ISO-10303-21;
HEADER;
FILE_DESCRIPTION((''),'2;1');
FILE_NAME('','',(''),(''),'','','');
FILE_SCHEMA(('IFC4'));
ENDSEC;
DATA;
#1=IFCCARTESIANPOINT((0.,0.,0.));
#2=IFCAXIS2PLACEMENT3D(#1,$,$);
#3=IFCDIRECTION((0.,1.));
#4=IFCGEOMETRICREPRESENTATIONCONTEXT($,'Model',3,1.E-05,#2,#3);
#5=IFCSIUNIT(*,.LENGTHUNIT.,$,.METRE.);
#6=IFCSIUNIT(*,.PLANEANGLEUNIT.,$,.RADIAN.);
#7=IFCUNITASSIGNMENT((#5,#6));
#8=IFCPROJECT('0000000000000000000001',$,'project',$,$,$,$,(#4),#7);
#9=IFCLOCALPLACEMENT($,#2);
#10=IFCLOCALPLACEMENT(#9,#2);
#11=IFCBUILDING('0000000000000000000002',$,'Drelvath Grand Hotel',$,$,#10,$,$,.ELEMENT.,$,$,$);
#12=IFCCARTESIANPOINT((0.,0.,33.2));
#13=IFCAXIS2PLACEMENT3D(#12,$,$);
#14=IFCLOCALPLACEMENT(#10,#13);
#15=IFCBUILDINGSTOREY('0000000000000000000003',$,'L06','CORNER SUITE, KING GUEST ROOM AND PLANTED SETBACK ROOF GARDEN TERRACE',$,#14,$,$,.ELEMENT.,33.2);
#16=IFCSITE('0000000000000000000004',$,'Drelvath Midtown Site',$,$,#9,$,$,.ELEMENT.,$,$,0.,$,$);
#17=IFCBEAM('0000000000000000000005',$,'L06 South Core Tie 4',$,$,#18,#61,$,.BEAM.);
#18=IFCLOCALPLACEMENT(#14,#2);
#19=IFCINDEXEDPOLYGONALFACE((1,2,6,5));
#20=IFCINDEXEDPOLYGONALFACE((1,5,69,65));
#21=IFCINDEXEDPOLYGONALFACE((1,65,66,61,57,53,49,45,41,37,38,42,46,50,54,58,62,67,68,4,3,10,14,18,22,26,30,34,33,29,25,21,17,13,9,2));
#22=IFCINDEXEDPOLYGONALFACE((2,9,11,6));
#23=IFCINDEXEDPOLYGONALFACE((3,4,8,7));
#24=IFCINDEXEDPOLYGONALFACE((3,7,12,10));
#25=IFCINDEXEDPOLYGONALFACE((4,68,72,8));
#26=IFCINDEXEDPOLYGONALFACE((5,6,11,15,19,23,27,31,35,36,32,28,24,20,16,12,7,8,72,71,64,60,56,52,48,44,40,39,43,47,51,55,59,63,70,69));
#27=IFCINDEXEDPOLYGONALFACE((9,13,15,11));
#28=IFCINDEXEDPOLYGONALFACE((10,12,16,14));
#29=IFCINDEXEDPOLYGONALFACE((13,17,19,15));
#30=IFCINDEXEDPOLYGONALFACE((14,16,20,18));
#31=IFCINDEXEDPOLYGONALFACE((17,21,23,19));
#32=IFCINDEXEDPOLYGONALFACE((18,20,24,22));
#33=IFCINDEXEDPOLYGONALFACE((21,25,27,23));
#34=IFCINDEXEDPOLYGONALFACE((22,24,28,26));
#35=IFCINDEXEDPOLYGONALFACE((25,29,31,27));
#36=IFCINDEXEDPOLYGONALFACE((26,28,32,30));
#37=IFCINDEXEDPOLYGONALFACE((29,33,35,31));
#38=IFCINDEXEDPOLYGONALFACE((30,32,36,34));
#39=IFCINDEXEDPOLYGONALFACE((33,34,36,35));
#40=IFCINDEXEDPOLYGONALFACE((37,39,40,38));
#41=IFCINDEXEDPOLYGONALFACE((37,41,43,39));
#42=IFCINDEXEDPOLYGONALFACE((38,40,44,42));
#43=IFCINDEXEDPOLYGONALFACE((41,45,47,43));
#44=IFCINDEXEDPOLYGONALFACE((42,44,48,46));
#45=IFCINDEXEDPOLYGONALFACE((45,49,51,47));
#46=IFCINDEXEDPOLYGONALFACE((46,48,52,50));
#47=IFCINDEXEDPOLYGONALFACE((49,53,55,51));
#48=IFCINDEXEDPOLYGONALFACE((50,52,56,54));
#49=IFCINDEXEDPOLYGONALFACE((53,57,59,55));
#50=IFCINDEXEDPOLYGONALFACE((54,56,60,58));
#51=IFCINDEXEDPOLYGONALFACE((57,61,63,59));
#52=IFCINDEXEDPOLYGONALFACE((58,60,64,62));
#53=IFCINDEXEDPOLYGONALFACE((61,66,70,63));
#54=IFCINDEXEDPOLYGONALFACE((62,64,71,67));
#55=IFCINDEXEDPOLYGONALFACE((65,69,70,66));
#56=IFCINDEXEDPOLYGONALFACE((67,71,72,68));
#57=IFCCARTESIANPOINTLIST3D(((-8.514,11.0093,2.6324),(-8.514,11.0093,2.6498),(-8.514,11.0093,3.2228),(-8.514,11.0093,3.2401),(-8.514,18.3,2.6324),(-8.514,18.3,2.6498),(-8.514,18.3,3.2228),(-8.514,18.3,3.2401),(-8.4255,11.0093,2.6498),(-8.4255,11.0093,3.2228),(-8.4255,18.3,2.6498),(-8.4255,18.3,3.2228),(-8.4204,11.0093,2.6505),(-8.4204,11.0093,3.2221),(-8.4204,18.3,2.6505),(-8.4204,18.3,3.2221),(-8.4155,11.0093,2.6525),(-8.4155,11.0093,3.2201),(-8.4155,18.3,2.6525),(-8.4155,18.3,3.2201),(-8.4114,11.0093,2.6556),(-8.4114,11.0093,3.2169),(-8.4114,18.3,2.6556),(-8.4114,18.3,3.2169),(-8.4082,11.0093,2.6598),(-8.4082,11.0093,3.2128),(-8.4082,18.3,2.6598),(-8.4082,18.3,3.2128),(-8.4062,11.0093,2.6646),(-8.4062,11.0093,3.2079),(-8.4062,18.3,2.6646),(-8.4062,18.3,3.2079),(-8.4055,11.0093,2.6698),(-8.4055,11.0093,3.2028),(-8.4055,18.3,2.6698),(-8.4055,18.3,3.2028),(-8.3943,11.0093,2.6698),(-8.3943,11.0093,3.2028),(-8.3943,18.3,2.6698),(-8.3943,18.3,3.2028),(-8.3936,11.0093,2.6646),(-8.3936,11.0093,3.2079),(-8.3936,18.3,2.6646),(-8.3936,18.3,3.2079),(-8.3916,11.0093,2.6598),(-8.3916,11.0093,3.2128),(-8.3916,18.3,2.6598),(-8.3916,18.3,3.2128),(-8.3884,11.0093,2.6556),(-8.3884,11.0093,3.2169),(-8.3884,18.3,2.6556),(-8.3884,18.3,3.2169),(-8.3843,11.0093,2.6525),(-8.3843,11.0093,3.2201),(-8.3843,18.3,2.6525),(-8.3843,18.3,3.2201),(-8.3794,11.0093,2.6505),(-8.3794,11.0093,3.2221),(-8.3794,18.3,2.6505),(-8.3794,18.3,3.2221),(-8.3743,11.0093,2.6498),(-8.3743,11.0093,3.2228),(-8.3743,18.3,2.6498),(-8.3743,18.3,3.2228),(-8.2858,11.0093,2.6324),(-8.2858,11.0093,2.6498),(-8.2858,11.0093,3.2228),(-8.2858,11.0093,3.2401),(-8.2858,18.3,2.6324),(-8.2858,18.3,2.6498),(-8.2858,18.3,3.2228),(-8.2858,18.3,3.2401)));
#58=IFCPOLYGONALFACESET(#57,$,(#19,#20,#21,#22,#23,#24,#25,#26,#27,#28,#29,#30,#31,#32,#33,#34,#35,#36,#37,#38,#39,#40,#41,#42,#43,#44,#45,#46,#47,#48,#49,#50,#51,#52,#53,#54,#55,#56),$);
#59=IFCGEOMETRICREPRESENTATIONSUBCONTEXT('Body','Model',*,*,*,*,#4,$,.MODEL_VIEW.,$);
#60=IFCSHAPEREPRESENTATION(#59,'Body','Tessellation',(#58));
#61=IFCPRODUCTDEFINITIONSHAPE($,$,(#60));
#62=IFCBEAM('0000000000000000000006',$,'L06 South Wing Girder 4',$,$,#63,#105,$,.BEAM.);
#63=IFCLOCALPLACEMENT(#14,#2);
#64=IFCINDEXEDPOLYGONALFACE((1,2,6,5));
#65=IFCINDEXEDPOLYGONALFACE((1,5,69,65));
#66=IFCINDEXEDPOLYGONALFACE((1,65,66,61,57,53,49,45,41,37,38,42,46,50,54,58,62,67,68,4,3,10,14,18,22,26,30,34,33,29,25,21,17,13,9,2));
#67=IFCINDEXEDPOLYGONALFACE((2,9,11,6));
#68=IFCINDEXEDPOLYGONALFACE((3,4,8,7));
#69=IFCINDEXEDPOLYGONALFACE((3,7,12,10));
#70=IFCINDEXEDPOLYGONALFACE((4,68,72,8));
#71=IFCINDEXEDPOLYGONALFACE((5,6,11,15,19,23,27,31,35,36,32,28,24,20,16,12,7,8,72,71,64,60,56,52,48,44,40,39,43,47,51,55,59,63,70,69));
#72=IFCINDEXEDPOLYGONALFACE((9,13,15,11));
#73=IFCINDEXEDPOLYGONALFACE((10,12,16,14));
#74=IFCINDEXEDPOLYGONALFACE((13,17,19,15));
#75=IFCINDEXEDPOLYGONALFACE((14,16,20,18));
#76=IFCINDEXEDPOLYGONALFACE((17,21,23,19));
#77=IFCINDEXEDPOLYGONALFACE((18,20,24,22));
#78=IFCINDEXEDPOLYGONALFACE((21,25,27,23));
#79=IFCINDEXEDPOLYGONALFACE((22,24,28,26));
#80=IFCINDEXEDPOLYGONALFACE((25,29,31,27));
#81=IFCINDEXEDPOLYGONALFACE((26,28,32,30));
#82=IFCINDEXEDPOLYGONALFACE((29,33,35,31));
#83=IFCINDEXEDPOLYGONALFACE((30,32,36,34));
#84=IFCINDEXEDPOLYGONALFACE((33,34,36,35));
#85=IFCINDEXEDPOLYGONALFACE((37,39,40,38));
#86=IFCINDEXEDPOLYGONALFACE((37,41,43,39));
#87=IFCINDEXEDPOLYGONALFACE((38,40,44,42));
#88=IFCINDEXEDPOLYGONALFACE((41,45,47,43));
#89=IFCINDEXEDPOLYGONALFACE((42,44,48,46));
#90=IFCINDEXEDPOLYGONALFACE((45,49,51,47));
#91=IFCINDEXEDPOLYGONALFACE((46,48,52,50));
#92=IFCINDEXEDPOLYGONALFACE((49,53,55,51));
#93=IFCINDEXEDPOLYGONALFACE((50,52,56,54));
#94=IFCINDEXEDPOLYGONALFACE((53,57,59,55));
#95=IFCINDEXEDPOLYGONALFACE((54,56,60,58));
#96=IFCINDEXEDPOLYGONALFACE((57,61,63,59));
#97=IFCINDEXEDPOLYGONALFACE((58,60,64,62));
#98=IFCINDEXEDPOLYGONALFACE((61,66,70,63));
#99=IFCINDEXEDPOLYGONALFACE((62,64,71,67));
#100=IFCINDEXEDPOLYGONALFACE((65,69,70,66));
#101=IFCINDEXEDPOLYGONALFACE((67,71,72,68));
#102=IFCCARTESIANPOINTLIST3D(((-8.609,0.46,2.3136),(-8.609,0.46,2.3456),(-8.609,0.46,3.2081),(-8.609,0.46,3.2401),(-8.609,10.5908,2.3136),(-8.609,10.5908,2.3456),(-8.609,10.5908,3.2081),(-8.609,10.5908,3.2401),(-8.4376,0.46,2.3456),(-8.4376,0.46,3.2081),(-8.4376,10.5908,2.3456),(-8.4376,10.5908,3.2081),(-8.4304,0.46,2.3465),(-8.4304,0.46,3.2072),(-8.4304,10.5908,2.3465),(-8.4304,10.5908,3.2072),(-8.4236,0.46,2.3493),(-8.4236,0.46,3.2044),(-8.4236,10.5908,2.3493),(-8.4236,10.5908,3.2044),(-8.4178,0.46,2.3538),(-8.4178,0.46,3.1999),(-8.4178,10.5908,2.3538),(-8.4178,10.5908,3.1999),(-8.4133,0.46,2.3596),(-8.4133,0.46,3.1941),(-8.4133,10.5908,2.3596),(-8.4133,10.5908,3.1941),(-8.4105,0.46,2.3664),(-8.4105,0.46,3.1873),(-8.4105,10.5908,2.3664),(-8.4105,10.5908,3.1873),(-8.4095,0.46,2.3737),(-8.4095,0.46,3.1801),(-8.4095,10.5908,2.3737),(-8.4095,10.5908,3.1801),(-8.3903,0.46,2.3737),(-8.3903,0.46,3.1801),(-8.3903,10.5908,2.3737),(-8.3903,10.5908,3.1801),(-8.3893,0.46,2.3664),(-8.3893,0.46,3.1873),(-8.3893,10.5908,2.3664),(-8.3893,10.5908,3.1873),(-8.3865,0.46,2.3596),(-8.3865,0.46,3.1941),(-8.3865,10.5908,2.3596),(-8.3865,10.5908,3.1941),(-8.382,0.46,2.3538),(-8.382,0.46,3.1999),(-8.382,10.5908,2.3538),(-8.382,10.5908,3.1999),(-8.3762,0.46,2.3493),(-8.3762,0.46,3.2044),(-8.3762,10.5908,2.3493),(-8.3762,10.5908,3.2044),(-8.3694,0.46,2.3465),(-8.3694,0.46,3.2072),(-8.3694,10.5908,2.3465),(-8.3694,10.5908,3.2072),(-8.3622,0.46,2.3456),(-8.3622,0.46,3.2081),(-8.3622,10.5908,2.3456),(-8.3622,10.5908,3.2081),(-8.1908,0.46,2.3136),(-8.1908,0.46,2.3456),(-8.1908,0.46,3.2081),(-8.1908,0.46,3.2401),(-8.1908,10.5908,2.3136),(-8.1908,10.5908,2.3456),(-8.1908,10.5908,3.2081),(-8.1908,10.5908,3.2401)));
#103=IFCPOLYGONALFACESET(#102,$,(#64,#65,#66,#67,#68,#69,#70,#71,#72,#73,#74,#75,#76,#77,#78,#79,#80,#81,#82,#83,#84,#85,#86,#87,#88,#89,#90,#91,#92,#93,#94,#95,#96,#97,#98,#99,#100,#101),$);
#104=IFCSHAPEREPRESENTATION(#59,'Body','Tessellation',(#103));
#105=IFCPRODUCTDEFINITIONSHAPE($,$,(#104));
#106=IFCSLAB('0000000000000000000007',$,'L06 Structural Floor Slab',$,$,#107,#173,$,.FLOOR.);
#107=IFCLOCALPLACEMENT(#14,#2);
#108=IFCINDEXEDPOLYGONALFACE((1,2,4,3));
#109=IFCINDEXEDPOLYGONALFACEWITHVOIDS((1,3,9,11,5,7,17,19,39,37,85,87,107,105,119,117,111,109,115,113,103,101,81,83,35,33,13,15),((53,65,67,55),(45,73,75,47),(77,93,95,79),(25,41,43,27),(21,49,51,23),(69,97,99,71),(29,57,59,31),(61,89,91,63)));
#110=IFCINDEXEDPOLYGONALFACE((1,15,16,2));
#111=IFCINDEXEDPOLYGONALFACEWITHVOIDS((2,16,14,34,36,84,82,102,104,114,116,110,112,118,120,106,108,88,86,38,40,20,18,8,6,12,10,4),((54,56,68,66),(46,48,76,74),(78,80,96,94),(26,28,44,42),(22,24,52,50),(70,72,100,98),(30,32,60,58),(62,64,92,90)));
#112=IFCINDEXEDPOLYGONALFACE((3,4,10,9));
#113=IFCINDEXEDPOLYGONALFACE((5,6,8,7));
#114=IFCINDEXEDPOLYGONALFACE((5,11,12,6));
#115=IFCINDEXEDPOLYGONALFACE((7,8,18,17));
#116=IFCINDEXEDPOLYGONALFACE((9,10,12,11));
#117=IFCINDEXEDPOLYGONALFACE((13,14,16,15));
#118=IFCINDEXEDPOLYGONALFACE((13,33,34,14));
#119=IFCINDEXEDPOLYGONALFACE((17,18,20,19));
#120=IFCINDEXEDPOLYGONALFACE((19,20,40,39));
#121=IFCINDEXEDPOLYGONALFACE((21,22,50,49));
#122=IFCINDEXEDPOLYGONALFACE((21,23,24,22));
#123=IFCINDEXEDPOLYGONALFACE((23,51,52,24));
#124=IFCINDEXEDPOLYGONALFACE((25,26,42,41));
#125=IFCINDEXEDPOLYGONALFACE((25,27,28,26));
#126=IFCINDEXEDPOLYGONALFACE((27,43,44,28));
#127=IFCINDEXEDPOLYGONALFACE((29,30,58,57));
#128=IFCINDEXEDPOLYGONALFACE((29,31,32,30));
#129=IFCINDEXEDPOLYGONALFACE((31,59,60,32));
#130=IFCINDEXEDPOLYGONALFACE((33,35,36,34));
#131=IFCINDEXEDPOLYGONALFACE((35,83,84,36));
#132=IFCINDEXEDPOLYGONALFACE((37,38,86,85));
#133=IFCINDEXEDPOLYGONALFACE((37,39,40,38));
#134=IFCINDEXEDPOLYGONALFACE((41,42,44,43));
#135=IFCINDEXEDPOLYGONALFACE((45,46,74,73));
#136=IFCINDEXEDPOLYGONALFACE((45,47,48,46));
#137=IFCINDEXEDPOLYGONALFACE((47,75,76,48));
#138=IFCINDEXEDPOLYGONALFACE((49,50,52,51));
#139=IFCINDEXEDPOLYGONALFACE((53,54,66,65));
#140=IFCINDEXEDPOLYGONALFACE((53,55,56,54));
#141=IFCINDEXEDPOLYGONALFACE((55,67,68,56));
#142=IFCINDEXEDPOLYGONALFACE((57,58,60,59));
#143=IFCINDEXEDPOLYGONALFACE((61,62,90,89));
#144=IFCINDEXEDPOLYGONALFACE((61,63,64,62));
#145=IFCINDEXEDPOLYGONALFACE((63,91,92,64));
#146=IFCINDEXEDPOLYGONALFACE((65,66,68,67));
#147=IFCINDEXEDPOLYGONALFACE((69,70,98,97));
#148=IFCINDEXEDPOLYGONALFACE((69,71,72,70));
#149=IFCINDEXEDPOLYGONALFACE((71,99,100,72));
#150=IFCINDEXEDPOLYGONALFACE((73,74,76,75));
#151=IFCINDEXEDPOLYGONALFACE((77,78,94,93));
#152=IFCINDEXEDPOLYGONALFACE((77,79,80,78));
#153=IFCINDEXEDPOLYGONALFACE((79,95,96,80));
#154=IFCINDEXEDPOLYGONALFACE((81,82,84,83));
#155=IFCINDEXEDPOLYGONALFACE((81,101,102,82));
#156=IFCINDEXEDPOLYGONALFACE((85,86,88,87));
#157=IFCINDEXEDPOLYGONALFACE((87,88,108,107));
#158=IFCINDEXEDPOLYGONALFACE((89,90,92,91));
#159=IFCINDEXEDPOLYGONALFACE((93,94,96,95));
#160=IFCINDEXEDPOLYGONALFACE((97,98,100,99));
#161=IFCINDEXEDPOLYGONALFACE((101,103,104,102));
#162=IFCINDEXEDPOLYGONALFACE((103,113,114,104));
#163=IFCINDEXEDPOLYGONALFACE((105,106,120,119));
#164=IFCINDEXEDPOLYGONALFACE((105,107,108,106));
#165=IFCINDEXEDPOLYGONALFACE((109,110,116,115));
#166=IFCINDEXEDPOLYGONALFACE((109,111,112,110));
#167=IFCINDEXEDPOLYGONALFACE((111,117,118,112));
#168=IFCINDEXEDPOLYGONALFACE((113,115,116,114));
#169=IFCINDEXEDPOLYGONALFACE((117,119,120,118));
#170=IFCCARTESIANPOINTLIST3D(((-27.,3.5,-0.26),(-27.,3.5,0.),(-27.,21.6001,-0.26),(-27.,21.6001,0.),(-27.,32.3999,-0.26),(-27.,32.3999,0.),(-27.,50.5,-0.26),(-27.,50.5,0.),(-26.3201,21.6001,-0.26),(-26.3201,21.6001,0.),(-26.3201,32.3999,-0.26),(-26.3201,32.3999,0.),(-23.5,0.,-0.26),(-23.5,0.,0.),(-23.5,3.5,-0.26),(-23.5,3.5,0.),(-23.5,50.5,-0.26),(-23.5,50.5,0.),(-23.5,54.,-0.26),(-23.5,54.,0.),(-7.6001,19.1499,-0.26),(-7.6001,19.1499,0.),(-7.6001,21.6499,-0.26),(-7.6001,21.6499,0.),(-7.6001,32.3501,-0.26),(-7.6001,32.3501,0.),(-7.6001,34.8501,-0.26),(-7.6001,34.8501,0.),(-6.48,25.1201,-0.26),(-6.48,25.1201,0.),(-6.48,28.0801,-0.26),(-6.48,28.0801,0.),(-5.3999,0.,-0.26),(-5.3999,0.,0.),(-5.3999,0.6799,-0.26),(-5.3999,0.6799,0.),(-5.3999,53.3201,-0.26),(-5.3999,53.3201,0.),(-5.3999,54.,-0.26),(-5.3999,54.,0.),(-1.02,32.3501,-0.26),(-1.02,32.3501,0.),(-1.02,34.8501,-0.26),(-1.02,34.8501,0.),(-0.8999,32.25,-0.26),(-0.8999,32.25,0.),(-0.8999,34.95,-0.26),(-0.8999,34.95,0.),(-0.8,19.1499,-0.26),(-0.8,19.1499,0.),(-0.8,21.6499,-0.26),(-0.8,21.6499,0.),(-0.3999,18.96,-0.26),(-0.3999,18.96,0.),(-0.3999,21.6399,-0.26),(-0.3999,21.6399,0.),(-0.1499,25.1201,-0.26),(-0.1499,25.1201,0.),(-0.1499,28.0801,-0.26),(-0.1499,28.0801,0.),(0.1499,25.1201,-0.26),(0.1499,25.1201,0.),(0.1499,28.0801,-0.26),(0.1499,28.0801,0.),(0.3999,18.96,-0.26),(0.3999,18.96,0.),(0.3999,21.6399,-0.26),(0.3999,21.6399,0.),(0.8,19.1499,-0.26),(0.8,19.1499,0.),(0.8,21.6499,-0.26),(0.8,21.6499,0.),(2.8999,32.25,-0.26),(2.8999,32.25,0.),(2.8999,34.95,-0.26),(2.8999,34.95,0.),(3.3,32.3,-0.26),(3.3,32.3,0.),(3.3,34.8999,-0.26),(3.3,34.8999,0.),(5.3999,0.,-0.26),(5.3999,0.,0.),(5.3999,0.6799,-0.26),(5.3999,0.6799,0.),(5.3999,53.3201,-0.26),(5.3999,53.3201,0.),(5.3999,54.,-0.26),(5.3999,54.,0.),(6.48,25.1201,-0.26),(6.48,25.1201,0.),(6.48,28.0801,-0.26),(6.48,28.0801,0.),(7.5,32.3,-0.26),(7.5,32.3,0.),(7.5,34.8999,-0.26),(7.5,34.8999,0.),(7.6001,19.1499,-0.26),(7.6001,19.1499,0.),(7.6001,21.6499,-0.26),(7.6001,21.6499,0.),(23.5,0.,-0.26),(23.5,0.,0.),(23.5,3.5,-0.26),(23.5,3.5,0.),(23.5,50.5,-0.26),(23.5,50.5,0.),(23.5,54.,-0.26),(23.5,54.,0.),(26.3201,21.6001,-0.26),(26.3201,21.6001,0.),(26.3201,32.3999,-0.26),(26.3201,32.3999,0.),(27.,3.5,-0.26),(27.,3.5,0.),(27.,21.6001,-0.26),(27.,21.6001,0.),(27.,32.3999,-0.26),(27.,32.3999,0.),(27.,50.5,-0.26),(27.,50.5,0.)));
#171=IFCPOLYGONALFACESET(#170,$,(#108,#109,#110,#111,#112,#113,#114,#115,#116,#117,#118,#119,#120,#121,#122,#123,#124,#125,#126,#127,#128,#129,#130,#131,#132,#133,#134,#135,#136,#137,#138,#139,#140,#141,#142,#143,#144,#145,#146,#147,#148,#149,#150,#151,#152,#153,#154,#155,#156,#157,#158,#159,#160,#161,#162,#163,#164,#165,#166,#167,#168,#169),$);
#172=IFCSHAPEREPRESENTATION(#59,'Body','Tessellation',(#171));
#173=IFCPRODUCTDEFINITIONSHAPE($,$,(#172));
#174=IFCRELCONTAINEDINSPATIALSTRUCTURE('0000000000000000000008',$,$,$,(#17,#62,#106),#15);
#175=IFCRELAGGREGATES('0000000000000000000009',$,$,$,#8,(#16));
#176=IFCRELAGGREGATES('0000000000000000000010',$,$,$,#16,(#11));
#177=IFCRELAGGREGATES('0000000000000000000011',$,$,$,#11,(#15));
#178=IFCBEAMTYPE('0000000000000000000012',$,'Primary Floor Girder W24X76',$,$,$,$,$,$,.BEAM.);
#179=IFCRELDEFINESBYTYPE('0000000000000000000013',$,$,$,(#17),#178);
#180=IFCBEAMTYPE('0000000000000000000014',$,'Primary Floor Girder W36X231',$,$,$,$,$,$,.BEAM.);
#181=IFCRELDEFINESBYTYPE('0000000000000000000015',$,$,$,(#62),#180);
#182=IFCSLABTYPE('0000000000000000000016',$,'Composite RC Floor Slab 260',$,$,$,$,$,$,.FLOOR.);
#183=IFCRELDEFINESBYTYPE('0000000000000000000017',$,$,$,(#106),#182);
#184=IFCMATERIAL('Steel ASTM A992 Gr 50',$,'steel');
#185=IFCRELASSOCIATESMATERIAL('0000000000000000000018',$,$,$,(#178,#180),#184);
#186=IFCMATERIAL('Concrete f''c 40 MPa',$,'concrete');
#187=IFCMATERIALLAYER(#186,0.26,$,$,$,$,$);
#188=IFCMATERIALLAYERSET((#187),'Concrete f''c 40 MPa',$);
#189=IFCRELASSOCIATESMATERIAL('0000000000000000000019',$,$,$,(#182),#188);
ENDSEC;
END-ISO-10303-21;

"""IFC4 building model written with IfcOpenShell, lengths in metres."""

from ifc_helpers import new_model, si_unit, direction, frame, origin, origin_2d, place, context, subcontext, project, spatial, polyline, i_section, outline, extrude, material, layer, layer_set, material_profile, profile_set, type_object, element, save


model = new_model("IFC4")

# Units and contexts
model_context = context("Model", 3, precision=1e-05, world=origin(), true_north=direction((0.0, 1.0)))
body_context = subcontext(model_context, "Body", "Model", "MODEL_VIEW")
ifc_project = project(units=[si_unit("LENGTHUNIT", "METRE"), si_unit("PLANEANGLEUNIT", "RADIAN")], contexts=[model_context])

# Site, building, storey
site_placement = place(None, origin())
site = spatial("IfcSite", under=ifc_project, at=site_placement, Name="Drelvath Midtown Site", CompositionType="ELEMENT", RefElevation=0.0)
building_placement = place(site_placement, origin())
building = spatial("IfcBuilding", under=site, at=building_placement, Name="Drelvath Grand Hotel", CompositionType="ELEMENT")
storey_placement = place(building_placement, frame((0.0, 0.0, 33.2)))
storey = spatial("IfcBuildingStorey", under=building, at=storey_placement, Name="L06", Description="CORNER SUITE, KING GUEST ROOM AND PLANTED SETBACK ROOF GARDEN TERRACE", CompositionType="ELEMENT", Elevation=33.2)

# Shared definitions
ifc_material_1 = material(Name="Steel ASTM A992 Gr 50", Category="steel")

# Beams
ifc_material_profile_1 = material_profile(ifc_material_1, i_section(OverallWidth=0.2283, OverallDepth=0.6077, WebThickness=0.0112, FlangeThickness=0.0173, FilletRadius=0.02, at=origin_2d()), Name="W24X76")
ifc_profile_set_1 = profile_set([ifc_material_profile_1], Name="Steel ASTM A992 Gr 50")
beam_type_1 = type_object("IfcBeamType", Name="Primary Floor Girder W24X76", PredefinedType="BEAM", material=ifc_profile_set_1)
beam_1_placement = place(storey_placement, frame((-8.3999, 11.0093, 2.9363), z_axis=(0.0, 1.0, 0.0), x_axis=(-1.0, 0.0, 0.0)))
element("IfcBeam", 1, at=beam_1_placement, inside=storey, type_object=beam_type_1, Name="L06 South Core Tie 4", PredefinedType="BEAM", context=body_context, shape_type="SweptSolid", body=[
    extrude(i_section(OverallWidth=0.2283, OverallDepth=0.6077, WebThickness=0.0112, FlangeThickness=0.0173, FilletRadius=0.02, at=origin_2d()), origin(), (0.0, 0.0, 1.0), 7.2908),
])
ifc_material_profile_2 = material_profile(ifc_material_1, i_section(OverallWidth=0.4182, OverallDepth=0.9265, WebThickness=0.0193, FlangeThickness=0.032, FilletRadius=0.0281, at=origin_2d()), Name="W36X231")
ifc_profile_set_2 = profile_set([ifc_material_profile_2], Name="Steel ASTM A992 Gr 50")
beam_type_2 = type_object("IfcBeamType", Name="Primary Floor Girder W36X231", PredefinedType="BEAM", material=ifc_profile_set_2)
beam_2_placement = place(storey_placement, frame((-8.3999, 0.46, 2.7769), z_axis=(0.0, 1.0, 0.0), x_axis=(-1.0, 0.0, 0.0)))
element("IfcBeam", 2, at=beam_2_placement, inside=storey, type_object=beam_type_2, Name="L06 South Wing Girder 4", PredefinedType="BEAM", context=body_context, shape_type="SweptSolid", body=[
    extrude(i_section(OverallWidth=0.4182, OverallDepth=0.9265, WebThickness=0.0193, FlangeThickness=0.032, FilletRadius=0.0281, at=origin_2d()), origin(), (0.0, 0.0, 1.0), 10.1309),
])

# Slab
ifc_material_2 = material(Name="Concrete f'c 40 MPa", Category="concrete")
ifc_layer_1 = layer(ifc_material_2, 0.26)
ifc_layer_set_1 = layer_set([ifc_layer_1], Name="Concrete f'c 40 MPa")
slab_type_1 = type_object("IfcSlabType", Name="Composite RC Floor Slab 260", PredefinedType="FLOOR", material=ifc_layer_set_1)
slab_1_placement = place(storey_placement, frame((0.0, 0.0, -0.26)))
element("IfcSlab", 3, at=slab_1_placement, inside=storey, type_object=slab_type_1, Name="L06 Structural Floor Slab", PredefinedType="FLOOR", context=body_context, shape_type="SweptSolid", body=[
    extrude(outline(polyline([(-23.5, 0.0), (-5.3999, 0.0), (-5.3999, 0.6799), (5.3999, 0.6799), (5.3999, 0.0), (23.5, 0.0), (23.5, 3.5), (27.0, 3.5), (27.0, 21.6001), (26.3201, 21.6001), (26.3201, 32.3999), (27.0, 32.3999), (27.0, 50.5), (23.5, 50.5), (23.5, 54.0), (5.3999, 54.0), (5.3999, 53.3201), (-5.3999, 53.3201), (-5.3999, 54.0), (-23.5, 54.0), (-23.5, 50.5), (-27.0, 50.5), (-27.0, 32.3999), (-26.3201, 32.3999), (-26.3201, 21.6001), (-27.0, 21.6001), (-27.0, 3.5), (-23.5, 3.5), (-23.5, 0.0)]), holes=[polyline([(-6.48, 25.1201), (-6.48, 28.0801), (-0.1499, 28.0801), (-0.1499, 25.1201), (-6.48, 25.1201)]), polyline([(0.1499, 25.1201), (0.1499, 28.0801), (6.48, 28.0801), (6.48, 25.1201), (0.1499, 25.1201)]), polyline([(-7.6001, 19.1499), (-7.6001, 21.6499), (-0.8, 21.6499), (-0.8, 19.1499), (-7.6001, 19.1499)]), polyline([(-0.3999, 18.96), (-0.3999, 21.6399), (0.3999, 21.6399), (0.3999, 18.96), (-0.3999, 18.96)]), polyline([(0.8, 19.1499), (0.8, 21.6499), (7.6001, 21.6499), (7.6001, 19.1499), (0.8, 19.1499)]), polyline([(-7.6001, 32.3501), (-7.6001, 34.8501), (-1.02, 34.8501), (-1.02, 32.3501), (-7.6001, 32.3501)]), polyline([(-0.8999, 32.25), (-0.8999, 34.95), (2.8999, 34.95), (2.8999, 32.25), (-0.8999, 32.25)]), polyline([(3.3, 32.3), (3.3, 34.8999), (7.5, 34.8999), (7.5, 32.3), (3.3, 32.3)])]), origin(), (0.0, 0.0, 1.0), 0.26),
])

save(model, "model.ifc")
